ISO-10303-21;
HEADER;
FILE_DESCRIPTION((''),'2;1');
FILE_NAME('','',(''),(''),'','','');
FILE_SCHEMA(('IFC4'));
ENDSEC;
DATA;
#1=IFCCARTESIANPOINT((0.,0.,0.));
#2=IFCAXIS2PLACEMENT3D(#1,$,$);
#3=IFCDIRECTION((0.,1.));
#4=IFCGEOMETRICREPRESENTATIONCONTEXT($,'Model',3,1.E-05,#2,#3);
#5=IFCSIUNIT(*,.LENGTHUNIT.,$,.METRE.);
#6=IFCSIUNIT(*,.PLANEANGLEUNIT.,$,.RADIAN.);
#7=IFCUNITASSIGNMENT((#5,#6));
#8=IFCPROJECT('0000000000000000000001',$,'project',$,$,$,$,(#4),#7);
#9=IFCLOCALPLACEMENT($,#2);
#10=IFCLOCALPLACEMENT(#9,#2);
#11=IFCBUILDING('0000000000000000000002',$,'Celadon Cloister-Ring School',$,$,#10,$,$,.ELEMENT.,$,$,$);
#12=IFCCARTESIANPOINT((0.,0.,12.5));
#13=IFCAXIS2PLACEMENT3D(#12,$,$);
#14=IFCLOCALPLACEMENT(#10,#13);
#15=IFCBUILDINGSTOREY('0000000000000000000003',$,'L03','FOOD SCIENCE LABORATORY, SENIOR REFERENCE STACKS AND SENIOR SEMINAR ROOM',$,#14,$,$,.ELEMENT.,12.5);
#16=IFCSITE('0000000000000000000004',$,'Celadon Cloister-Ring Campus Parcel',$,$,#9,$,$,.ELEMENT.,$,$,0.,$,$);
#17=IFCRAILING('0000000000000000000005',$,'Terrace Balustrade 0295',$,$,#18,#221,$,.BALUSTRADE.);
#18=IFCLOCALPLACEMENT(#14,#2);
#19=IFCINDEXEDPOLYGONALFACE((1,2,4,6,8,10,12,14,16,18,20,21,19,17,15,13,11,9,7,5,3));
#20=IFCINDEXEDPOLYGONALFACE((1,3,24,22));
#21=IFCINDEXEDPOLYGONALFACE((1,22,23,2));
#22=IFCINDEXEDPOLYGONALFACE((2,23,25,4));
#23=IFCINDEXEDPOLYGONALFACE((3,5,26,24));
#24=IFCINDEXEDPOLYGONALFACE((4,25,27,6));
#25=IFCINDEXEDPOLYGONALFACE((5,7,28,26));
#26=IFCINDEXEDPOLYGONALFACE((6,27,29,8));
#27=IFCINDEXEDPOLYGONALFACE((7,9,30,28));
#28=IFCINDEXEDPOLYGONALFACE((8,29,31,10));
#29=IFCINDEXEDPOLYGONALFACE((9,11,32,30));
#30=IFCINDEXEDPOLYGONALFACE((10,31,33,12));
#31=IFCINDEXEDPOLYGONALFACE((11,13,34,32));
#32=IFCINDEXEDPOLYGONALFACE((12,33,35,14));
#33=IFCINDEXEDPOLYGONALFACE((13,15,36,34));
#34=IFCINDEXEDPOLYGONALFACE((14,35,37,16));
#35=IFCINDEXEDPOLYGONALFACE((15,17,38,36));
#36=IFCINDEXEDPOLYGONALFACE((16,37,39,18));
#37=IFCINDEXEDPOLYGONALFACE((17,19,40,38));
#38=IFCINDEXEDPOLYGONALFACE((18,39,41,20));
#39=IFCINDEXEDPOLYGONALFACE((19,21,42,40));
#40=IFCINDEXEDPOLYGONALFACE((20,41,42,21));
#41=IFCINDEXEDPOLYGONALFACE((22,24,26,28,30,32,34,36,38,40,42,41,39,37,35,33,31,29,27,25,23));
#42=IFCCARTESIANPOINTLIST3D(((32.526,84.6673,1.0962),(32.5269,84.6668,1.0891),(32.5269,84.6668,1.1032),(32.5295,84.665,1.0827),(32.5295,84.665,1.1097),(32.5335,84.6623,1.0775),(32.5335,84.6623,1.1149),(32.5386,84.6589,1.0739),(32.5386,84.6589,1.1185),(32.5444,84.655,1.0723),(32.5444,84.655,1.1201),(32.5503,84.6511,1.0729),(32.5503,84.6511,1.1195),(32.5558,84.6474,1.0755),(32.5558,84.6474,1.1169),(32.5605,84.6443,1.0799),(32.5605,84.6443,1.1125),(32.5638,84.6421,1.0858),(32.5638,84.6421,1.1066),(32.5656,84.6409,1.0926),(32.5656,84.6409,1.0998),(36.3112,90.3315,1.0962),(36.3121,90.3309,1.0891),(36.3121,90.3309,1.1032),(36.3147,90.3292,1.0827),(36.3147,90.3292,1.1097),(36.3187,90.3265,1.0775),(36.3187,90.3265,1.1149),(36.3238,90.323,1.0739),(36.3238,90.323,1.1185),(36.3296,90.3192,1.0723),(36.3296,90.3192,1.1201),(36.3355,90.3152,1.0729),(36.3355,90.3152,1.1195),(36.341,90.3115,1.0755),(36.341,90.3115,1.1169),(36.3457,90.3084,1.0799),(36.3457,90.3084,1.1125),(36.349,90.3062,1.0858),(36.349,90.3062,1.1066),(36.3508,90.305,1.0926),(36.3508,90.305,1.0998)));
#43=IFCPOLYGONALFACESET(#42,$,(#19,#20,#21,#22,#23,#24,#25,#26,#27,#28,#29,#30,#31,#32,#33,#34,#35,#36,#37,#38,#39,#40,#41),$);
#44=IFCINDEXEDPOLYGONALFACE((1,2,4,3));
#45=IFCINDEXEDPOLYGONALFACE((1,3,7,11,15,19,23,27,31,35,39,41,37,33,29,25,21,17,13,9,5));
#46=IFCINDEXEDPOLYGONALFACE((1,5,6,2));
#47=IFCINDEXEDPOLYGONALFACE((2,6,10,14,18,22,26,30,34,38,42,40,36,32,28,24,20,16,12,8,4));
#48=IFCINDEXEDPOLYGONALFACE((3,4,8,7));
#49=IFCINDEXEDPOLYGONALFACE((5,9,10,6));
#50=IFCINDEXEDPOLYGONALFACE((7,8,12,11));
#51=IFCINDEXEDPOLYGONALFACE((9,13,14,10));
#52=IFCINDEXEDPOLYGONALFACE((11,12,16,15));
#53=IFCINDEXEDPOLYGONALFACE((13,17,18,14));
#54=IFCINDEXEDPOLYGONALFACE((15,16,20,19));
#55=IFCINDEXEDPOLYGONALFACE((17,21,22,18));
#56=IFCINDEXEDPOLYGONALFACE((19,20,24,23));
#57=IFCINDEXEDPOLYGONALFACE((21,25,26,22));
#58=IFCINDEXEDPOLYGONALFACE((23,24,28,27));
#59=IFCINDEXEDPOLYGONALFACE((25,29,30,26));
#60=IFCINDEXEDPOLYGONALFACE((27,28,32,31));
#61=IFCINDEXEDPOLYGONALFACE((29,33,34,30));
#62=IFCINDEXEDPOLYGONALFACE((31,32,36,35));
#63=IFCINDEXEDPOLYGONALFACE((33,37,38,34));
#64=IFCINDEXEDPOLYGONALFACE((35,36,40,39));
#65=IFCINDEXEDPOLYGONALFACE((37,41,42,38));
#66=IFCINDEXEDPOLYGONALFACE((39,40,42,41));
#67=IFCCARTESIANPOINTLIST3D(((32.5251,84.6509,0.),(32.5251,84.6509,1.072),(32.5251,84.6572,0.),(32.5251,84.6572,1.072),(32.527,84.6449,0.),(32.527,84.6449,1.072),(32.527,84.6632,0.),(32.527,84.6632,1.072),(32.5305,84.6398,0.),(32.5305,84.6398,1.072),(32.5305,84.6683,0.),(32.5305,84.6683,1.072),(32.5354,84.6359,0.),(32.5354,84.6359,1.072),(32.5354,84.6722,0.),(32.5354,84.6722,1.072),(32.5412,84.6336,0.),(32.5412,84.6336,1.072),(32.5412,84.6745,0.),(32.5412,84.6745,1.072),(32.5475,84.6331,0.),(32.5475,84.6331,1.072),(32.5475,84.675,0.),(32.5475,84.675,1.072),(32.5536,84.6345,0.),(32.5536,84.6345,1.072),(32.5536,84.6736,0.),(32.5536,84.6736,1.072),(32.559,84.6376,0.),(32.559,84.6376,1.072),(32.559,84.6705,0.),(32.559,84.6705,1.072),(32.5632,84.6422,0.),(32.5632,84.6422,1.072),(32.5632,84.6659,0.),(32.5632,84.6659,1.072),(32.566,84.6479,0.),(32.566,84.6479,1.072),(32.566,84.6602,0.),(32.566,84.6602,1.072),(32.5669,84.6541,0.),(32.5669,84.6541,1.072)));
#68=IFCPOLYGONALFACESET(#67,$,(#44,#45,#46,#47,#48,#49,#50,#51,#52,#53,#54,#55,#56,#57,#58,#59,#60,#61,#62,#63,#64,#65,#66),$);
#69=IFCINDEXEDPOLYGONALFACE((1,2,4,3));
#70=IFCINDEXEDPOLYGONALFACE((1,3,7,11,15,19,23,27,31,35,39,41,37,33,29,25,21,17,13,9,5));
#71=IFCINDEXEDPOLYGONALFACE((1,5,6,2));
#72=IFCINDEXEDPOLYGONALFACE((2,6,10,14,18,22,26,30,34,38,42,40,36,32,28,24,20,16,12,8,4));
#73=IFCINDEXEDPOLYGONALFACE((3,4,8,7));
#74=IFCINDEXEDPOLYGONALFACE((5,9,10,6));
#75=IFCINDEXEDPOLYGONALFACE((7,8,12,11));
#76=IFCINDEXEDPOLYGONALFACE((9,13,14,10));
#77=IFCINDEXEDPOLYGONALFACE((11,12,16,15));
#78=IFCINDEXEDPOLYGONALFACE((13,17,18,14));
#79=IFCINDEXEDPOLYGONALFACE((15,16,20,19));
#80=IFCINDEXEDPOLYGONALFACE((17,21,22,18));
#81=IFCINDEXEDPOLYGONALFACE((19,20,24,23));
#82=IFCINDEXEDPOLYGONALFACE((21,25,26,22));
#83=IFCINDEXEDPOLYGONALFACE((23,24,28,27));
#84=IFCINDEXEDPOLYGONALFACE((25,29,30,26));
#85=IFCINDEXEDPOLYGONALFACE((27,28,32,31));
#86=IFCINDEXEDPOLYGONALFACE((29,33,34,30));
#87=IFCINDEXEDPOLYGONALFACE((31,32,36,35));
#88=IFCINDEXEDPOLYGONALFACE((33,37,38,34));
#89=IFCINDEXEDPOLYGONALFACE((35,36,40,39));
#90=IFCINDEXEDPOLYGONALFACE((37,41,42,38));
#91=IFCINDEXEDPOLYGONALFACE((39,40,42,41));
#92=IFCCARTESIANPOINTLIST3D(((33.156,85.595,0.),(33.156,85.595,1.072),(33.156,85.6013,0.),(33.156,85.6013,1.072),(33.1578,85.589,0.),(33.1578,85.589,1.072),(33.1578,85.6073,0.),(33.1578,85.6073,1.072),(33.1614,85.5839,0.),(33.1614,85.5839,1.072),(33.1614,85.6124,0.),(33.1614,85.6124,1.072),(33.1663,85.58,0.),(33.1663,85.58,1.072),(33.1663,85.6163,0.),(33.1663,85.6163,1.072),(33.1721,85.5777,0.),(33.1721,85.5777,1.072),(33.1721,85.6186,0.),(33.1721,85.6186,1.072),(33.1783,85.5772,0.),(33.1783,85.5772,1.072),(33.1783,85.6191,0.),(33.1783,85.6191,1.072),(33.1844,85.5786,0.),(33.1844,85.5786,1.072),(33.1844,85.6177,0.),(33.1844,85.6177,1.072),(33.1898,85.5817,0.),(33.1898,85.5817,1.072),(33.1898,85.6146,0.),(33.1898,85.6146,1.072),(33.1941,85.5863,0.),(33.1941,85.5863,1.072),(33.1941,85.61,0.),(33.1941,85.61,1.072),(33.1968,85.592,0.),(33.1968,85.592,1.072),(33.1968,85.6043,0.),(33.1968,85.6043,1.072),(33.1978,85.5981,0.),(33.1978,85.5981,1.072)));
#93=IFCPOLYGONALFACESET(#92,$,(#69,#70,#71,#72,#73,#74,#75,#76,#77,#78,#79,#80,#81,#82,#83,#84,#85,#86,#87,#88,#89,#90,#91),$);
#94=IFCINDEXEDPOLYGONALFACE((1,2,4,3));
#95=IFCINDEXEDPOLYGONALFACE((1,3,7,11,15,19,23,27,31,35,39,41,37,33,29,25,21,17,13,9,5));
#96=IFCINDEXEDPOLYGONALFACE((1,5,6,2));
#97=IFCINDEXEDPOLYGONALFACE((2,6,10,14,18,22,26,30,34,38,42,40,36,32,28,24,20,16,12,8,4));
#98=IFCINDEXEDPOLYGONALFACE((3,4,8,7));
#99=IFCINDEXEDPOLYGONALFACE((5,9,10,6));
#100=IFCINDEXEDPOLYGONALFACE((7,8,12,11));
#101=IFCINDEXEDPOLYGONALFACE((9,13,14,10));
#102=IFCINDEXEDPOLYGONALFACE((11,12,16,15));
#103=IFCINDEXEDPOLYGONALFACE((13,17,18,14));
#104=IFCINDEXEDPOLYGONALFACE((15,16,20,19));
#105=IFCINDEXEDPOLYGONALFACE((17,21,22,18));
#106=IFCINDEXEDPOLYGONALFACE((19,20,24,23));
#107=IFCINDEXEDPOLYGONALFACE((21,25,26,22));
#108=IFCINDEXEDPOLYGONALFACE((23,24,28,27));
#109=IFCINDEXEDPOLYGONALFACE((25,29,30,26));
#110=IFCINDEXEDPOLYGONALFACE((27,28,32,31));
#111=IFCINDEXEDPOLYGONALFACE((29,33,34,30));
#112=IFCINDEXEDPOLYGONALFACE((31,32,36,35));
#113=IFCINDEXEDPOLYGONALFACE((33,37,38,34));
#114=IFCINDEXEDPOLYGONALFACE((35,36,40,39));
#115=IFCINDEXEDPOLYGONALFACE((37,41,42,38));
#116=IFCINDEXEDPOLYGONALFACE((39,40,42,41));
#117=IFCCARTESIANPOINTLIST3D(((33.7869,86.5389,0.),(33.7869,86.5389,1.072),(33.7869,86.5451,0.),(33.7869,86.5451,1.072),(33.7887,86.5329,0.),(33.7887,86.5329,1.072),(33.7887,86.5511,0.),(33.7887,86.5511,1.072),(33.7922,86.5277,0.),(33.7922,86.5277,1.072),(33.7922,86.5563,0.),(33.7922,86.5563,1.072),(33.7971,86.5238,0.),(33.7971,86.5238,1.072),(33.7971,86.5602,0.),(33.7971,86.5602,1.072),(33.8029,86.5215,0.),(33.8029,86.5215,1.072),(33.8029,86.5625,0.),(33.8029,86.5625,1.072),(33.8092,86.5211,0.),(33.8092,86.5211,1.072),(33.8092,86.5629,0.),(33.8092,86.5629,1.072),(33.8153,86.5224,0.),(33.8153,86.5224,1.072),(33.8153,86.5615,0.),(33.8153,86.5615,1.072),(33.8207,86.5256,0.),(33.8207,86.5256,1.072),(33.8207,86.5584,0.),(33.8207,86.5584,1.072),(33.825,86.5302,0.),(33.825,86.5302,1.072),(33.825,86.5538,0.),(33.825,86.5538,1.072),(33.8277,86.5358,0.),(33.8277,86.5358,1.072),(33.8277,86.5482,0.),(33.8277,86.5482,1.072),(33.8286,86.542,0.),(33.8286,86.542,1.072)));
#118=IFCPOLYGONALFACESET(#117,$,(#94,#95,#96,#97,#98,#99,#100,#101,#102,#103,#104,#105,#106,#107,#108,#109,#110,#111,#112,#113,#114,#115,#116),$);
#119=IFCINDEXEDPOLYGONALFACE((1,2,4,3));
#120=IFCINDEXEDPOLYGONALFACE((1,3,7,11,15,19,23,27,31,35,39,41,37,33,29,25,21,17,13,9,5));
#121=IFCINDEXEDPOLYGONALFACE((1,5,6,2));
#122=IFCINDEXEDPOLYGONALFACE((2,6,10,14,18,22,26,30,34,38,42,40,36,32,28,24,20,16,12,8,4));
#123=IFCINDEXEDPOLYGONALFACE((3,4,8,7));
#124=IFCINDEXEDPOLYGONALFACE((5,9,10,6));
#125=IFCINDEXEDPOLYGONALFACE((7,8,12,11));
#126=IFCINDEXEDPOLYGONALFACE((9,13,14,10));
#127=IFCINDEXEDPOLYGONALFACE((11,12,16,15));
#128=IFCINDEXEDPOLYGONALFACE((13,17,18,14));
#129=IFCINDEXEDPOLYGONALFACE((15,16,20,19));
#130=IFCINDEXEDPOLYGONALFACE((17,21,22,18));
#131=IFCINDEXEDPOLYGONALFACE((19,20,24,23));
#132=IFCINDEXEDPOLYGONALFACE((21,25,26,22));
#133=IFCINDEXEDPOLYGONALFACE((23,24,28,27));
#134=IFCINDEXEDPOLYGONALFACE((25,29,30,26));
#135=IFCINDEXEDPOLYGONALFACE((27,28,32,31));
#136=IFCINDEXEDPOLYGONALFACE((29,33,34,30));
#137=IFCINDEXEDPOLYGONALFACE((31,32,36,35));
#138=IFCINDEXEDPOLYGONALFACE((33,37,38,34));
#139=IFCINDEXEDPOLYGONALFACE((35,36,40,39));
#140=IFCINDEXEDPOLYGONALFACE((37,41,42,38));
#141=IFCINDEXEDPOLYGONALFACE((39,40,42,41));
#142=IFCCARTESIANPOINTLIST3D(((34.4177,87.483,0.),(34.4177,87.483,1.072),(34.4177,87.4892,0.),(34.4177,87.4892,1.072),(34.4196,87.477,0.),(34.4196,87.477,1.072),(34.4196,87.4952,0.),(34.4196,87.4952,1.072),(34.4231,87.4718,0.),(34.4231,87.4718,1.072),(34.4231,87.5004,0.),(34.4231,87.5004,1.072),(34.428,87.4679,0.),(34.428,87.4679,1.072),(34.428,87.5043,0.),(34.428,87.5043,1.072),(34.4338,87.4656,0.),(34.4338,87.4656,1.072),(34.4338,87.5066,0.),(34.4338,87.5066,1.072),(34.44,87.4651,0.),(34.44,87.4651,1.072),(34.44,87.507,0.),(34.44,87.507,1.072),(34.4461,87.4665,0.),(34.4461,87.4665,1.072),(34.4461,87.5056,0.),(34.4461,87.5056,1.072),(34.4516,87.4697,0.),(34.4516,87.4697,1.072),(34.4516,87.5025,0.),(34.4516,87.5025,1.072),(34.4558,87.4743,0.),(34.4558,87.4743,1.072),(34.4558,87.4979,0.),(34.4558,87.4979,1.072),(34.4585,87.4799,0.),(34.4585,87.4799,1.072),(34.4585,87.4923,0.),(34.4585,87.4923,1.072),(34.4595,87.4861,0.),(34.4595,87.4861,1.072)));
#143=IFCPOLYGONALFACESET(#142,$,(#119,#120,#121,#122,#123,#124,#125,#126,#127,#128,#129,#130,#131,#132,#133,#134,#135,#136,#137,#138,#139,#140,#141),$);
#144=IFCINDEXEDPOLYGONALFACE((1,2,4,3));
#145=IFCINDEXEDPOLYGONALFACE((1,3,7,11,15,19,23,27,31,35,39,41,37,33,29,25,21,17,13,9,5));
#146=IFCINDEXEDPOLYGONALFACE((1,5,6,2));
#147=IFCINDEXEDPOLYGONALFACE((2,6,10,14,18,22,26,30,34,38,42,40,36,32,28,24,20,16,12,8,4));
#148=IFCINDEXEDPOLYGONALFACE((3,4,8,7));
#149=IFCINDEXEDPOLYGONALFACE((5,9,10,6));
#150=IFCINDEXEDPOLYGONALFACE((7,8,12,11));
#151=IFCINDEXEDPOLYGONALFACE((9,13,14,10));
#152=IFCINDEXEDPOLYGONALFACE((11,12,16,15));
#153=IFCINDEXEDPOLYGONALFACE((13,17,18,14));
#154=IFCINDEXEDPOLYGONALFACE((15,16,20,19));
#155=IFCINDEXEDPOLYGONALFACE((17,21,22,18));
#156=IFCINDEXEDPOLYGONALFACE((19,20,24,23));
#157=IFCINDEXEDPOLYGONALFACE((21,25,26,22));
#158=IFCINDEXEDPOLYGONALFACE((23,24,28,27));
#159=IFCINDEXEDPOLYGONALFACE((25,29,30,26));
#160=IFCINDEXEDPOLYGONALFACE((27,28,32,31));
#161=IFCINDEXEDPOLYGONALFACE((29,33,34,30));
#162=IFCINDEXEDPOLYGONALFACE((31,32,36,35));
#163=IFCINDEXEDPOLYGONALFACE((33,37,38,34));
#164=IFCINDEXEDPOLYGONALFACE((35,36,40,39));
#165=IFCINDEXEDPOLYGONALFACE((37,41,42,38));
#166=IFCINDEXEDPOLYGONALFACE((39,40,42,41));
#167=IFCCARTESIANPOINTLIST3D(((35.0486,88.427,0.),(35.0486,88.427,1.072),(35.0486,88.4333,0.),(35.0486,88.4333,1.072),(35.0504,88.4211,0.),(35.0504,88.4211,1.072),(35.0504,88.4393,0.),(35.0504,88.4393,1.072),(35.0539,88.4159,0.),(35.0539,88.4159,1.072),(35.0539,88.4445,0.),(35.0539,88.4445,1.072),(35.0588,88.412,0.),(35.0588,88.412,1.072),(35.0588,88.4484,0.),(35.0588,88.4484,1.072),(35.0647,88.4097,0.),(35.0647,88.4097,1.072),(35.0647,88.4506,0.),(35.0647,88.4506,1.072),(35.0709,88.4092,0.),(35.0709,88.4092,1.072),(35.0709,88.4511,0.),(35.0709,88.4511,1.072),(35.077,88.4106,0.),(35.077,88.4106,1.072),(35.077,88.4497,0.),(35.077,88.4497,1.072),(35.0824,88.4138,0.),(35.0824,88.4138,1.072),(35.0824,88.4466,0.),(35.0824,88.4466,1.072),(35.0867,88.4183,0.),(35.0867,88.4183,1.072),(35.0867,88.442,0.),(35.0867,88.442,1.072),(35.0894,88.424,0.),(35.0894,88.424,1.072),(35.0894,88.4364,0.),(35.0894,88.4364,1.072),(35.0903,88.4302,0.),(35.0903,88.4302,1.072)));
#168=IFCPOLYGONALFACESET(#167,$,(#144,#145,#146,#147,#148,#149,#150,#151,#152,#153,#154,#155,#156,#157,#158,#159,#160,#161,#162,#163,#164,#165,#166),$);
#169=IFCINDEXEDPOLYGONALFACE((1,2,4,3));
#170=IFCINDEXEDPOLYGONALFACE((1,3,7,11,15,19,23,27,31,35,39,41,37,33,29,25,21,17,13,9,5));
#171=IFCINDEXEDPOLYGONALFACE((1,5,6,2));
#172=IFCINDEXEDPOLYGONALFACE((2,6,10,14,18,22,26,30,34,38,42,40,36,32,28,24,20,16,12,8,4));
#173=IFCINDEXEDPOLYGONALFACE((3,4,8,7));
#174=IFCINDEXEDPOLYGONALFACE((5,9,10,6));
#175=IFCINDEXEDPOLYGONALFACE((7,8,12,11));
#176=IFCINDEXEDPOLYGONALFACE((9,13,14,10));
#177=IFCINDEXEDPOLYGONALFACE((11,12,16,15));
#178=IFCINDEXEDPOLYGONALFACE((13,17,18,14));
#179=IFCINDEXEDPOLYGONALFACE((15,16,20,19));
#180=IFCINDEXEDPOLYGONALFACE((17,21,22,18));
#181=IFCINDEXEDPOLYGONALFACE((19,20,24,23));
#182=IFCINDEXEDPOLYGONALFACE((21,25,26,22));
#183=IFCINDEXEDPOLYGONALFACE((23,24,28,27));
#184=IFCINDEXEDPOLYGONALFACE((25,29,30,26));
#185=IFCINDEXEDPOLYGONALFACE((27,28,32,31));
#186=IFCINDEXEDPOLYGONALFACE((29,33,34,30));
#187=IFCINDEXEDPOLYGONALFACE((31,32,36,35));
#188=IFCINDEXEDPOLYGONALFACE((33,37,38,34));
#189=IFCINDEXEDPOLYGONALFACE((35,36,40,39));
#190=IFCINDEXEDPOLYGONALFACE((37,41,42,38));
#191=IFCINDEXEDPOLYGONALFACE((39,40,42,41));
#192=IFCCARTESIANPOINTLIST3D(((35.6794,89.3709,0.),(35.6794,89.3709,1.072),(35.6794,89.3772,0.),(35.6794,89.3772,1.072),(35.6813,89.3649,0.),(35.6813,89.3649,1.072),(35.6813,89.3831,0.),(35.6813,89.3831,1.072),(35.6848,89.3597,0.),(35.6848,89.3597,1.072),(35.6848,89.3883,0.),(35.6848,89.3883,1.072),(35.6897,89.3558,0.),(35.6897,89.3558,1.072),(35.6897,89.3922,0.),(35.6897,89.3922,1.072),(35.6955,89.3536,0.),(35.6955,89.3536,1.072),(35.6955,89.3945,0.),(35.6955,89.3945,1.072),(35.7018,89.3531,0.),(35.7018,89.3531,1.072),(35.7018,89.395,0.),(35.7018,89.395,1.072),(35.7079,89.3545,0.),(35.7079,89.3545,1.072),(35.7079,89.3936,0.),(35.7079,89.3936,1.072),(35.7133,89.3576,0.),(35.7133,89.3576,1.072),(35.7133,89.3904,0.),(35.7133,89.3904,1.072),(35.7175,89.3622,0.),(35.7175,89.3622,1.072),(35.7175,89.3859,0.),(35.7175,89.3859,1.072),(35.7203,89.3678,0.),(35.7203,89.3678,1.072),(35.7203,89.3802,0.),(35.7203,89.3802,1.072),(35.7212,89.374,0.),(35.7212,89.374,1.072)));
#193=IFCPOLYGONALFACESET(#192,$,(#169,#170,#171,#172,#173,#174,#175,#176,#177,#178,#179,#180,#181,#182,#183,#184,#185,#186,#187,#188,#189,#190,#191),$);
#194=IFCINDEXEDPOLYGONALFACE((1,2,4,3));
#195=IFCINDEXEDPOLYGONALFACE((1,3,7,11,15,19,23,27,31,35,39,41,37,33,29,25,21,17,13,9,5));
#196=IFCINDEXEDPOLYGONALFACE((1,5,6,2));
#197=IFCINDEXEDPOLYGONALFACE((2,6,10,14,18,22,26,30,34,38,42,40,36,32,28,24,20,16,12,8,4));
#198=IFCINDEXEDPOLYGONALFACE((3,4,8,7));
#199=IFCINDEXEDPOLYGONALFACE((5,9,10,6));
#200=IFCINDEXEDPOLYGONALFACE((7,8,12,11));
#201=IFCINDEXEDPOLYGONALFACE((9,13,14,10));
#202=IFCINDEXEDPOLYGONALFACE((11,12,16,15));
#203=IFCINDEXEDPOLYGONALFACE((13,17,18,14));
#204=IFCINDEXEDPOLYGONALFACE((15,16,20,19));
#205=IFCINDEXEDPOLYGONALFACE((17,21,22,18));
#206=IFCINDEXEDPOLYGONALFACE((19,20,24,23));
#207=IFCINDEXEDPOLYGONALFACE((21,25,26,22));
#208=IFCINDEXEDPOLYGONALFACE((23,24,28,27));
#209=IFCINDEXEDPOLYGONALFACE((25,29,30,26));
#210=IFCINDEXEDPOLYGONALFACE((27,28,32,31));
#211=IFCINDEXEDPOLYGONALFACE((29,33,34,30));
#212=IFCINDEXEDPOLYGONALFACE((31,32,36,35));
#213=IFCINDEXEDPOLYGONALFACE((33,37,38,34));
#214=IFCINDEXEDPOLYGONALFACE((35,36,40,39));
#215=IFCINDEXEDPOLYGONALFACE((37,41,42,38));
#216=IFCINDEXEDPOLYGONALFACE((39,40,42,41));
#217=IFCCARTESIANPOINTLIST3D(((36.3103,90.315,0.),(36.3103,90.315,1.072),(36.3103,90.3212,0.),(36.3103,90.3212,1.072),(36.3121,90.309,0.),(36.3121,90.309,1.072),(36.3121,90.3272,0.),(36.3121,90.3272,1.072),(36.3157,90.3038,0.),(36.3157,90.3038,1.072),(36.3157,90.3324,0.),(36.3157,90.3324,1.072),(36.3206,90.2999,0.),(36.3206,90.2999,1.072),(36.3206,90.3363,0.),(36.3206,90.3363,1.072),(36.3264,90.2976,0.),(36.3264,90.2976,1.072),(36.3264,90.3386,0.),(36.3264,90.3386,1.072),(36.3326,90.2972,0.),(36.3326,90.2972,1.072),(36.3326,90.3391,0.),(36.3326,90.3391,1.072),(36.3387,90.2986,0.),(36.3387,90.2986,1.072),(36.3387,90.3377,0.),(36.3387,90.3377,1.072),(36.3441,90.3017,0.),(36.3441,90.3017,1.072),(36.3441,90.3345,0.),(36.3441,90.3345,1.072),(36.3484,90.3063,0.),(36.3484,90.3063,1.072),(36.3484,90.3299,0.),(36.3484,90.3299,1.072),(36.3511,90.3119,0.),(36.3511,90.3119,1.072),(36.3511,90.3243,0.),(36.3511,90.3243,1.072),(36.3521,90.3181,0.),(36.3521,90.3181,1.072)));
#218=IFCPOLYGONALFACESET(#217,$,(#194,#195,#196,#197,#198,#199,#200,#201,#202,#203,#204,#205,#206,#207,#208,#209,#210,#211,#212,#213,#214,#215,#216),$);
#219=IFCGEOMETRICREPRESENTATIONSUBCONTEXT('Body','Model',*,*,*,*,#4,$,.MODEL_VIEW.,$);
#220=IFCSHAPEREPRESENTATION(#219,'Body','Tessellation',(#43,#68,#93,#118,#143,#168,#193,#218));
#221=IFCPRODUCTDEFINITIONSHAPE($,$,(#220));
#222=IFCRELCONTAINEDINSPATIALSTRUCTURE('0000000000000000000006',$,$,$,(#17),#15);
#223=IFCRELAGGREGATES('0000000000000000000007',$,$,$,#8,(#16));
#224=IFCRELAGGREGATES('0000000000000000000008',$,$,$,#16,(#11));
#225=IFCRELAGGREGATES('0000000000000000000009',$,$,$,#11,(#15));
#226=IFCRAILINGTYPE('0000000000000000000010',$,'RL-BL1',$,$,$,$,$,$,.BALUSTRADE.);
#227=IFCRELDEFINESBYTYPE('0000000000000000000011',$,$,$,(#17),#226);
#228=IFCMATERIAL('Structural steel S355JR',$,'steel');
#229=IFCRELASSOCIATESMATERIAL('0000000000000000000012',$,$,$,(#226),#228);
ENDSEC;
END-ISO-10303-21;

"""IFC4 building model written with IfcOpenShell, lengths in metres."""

from ifc_helpers import new_model, si_unit, direction, frame, origin, origin_2d, place, context, subcontext, project, spatial, circle, extrude, material, type_object, element, save


model = new_model("IFC4")

# Units and contexts
model_context = context("Model", 3, precision=1e-05, world=origin(), true_north=direction((0.0, 1.0)))
body_context = subcontext(model_context, "Body", "Model", "MODEL_VIEW")
ifc_project = project(units=[si_unit("LENGTHUNIT", "METRE"), si_unit("PLANEANGLEUNIT", "RADIAN")], contexts=[model_context])

# Site, building, storey
site_placement = place(None, origin())
site = spatial("IfcSite", under=ifc_project, at=site_placement, Name="Celadon Cloister-Ring Campus Parcel", CompositionType="ELEMENT", RefElevation=0.0)
building_placement = place(site_placement, origin())
building = spatial("IfcBuilding", under=site, at=building_placement, Name="Celadon Cloister-Ring School", CompositionType="ELEMENT")
storey_placement = place(building_placement, frame((0.0, 0.0, 12.5)))
storey = spatial("IfcBuildingStorey", under=building, at=storey_placement, Name="L03", Description="FOOD SCIENCE LABORATORY, SENIOR REFERENCE STACKS AND SENIOR SEMINAR ROOM", CompositionType="ELEMENT", Elevation=12.5)

# Railing
ifc_material_1 = material(Name="Structural steel S355JR", Category="steel")
railing_type = type_object("IfcRailingType", Name="RL-BL1", PredefinedType="BALUSTRADE", material=ifc_material_1)
railing_1_placement = place(storey_placement, frame((32.5459, 84.6541, 0.0)))
element("IfcRailing", 1, at=railing_1_placement, inside=storey, type_object=railing_type, Name="Terrace Balustrade 0295", PredefinedType="BALUSTRADE", context=body_context, shape_type="SweptSolid", body=[
    extrude(circle(Radius=0.0239, at=origin_2d()), frame((0.0, 0.0, 1.0962), z_axis=(0.555626, 0.831432, 0.0), x_axis=(-0.831432, 0.555626, 0.0)), (0.0, 0.0, 1.0), 6.8125),
    extrude(circle(Radius=0.021, at=origin_2d()), origin(), (0.0, 0.0, 1.0), 1.072),
    extrude(circle(Radius=0.021, at=origin_2d()), frame((0.6309, 0.9441, 0.0)), (0.0, 0.0, 1.0), 1.072),
    extrude(circle(Radius=0.021, at=origin_2d()), frame((1.2617, 1.8879, 0.0)), (0.0, 0.0, 1.0), 1.072),
    extrude(circle(Radius=0.021, at=origin_2d()), frame((1.8926, 2.832, 0.0)), (0.0, 0.0, 1.0), 1.072),
    extrude(circle(Radius=0.021, at=origin_2d()), frame((2.5234, 3.7761, 0.0)), (0.0, 0.0, 1.0), 1.072),
    extrude(circle(Radius=0.021, at=origin_2d()), frame((3.1543, 4.72, 0.0)), (0.0, 0.0, 1.0), 1.072),
    extrude(circle(Radius=0.021, at=origin_2d()), frame((3.7852, 5.6641, 0.0)), (0.0, 0.0, 1.0), 1.072),
])

save(model, "model.ifc")
